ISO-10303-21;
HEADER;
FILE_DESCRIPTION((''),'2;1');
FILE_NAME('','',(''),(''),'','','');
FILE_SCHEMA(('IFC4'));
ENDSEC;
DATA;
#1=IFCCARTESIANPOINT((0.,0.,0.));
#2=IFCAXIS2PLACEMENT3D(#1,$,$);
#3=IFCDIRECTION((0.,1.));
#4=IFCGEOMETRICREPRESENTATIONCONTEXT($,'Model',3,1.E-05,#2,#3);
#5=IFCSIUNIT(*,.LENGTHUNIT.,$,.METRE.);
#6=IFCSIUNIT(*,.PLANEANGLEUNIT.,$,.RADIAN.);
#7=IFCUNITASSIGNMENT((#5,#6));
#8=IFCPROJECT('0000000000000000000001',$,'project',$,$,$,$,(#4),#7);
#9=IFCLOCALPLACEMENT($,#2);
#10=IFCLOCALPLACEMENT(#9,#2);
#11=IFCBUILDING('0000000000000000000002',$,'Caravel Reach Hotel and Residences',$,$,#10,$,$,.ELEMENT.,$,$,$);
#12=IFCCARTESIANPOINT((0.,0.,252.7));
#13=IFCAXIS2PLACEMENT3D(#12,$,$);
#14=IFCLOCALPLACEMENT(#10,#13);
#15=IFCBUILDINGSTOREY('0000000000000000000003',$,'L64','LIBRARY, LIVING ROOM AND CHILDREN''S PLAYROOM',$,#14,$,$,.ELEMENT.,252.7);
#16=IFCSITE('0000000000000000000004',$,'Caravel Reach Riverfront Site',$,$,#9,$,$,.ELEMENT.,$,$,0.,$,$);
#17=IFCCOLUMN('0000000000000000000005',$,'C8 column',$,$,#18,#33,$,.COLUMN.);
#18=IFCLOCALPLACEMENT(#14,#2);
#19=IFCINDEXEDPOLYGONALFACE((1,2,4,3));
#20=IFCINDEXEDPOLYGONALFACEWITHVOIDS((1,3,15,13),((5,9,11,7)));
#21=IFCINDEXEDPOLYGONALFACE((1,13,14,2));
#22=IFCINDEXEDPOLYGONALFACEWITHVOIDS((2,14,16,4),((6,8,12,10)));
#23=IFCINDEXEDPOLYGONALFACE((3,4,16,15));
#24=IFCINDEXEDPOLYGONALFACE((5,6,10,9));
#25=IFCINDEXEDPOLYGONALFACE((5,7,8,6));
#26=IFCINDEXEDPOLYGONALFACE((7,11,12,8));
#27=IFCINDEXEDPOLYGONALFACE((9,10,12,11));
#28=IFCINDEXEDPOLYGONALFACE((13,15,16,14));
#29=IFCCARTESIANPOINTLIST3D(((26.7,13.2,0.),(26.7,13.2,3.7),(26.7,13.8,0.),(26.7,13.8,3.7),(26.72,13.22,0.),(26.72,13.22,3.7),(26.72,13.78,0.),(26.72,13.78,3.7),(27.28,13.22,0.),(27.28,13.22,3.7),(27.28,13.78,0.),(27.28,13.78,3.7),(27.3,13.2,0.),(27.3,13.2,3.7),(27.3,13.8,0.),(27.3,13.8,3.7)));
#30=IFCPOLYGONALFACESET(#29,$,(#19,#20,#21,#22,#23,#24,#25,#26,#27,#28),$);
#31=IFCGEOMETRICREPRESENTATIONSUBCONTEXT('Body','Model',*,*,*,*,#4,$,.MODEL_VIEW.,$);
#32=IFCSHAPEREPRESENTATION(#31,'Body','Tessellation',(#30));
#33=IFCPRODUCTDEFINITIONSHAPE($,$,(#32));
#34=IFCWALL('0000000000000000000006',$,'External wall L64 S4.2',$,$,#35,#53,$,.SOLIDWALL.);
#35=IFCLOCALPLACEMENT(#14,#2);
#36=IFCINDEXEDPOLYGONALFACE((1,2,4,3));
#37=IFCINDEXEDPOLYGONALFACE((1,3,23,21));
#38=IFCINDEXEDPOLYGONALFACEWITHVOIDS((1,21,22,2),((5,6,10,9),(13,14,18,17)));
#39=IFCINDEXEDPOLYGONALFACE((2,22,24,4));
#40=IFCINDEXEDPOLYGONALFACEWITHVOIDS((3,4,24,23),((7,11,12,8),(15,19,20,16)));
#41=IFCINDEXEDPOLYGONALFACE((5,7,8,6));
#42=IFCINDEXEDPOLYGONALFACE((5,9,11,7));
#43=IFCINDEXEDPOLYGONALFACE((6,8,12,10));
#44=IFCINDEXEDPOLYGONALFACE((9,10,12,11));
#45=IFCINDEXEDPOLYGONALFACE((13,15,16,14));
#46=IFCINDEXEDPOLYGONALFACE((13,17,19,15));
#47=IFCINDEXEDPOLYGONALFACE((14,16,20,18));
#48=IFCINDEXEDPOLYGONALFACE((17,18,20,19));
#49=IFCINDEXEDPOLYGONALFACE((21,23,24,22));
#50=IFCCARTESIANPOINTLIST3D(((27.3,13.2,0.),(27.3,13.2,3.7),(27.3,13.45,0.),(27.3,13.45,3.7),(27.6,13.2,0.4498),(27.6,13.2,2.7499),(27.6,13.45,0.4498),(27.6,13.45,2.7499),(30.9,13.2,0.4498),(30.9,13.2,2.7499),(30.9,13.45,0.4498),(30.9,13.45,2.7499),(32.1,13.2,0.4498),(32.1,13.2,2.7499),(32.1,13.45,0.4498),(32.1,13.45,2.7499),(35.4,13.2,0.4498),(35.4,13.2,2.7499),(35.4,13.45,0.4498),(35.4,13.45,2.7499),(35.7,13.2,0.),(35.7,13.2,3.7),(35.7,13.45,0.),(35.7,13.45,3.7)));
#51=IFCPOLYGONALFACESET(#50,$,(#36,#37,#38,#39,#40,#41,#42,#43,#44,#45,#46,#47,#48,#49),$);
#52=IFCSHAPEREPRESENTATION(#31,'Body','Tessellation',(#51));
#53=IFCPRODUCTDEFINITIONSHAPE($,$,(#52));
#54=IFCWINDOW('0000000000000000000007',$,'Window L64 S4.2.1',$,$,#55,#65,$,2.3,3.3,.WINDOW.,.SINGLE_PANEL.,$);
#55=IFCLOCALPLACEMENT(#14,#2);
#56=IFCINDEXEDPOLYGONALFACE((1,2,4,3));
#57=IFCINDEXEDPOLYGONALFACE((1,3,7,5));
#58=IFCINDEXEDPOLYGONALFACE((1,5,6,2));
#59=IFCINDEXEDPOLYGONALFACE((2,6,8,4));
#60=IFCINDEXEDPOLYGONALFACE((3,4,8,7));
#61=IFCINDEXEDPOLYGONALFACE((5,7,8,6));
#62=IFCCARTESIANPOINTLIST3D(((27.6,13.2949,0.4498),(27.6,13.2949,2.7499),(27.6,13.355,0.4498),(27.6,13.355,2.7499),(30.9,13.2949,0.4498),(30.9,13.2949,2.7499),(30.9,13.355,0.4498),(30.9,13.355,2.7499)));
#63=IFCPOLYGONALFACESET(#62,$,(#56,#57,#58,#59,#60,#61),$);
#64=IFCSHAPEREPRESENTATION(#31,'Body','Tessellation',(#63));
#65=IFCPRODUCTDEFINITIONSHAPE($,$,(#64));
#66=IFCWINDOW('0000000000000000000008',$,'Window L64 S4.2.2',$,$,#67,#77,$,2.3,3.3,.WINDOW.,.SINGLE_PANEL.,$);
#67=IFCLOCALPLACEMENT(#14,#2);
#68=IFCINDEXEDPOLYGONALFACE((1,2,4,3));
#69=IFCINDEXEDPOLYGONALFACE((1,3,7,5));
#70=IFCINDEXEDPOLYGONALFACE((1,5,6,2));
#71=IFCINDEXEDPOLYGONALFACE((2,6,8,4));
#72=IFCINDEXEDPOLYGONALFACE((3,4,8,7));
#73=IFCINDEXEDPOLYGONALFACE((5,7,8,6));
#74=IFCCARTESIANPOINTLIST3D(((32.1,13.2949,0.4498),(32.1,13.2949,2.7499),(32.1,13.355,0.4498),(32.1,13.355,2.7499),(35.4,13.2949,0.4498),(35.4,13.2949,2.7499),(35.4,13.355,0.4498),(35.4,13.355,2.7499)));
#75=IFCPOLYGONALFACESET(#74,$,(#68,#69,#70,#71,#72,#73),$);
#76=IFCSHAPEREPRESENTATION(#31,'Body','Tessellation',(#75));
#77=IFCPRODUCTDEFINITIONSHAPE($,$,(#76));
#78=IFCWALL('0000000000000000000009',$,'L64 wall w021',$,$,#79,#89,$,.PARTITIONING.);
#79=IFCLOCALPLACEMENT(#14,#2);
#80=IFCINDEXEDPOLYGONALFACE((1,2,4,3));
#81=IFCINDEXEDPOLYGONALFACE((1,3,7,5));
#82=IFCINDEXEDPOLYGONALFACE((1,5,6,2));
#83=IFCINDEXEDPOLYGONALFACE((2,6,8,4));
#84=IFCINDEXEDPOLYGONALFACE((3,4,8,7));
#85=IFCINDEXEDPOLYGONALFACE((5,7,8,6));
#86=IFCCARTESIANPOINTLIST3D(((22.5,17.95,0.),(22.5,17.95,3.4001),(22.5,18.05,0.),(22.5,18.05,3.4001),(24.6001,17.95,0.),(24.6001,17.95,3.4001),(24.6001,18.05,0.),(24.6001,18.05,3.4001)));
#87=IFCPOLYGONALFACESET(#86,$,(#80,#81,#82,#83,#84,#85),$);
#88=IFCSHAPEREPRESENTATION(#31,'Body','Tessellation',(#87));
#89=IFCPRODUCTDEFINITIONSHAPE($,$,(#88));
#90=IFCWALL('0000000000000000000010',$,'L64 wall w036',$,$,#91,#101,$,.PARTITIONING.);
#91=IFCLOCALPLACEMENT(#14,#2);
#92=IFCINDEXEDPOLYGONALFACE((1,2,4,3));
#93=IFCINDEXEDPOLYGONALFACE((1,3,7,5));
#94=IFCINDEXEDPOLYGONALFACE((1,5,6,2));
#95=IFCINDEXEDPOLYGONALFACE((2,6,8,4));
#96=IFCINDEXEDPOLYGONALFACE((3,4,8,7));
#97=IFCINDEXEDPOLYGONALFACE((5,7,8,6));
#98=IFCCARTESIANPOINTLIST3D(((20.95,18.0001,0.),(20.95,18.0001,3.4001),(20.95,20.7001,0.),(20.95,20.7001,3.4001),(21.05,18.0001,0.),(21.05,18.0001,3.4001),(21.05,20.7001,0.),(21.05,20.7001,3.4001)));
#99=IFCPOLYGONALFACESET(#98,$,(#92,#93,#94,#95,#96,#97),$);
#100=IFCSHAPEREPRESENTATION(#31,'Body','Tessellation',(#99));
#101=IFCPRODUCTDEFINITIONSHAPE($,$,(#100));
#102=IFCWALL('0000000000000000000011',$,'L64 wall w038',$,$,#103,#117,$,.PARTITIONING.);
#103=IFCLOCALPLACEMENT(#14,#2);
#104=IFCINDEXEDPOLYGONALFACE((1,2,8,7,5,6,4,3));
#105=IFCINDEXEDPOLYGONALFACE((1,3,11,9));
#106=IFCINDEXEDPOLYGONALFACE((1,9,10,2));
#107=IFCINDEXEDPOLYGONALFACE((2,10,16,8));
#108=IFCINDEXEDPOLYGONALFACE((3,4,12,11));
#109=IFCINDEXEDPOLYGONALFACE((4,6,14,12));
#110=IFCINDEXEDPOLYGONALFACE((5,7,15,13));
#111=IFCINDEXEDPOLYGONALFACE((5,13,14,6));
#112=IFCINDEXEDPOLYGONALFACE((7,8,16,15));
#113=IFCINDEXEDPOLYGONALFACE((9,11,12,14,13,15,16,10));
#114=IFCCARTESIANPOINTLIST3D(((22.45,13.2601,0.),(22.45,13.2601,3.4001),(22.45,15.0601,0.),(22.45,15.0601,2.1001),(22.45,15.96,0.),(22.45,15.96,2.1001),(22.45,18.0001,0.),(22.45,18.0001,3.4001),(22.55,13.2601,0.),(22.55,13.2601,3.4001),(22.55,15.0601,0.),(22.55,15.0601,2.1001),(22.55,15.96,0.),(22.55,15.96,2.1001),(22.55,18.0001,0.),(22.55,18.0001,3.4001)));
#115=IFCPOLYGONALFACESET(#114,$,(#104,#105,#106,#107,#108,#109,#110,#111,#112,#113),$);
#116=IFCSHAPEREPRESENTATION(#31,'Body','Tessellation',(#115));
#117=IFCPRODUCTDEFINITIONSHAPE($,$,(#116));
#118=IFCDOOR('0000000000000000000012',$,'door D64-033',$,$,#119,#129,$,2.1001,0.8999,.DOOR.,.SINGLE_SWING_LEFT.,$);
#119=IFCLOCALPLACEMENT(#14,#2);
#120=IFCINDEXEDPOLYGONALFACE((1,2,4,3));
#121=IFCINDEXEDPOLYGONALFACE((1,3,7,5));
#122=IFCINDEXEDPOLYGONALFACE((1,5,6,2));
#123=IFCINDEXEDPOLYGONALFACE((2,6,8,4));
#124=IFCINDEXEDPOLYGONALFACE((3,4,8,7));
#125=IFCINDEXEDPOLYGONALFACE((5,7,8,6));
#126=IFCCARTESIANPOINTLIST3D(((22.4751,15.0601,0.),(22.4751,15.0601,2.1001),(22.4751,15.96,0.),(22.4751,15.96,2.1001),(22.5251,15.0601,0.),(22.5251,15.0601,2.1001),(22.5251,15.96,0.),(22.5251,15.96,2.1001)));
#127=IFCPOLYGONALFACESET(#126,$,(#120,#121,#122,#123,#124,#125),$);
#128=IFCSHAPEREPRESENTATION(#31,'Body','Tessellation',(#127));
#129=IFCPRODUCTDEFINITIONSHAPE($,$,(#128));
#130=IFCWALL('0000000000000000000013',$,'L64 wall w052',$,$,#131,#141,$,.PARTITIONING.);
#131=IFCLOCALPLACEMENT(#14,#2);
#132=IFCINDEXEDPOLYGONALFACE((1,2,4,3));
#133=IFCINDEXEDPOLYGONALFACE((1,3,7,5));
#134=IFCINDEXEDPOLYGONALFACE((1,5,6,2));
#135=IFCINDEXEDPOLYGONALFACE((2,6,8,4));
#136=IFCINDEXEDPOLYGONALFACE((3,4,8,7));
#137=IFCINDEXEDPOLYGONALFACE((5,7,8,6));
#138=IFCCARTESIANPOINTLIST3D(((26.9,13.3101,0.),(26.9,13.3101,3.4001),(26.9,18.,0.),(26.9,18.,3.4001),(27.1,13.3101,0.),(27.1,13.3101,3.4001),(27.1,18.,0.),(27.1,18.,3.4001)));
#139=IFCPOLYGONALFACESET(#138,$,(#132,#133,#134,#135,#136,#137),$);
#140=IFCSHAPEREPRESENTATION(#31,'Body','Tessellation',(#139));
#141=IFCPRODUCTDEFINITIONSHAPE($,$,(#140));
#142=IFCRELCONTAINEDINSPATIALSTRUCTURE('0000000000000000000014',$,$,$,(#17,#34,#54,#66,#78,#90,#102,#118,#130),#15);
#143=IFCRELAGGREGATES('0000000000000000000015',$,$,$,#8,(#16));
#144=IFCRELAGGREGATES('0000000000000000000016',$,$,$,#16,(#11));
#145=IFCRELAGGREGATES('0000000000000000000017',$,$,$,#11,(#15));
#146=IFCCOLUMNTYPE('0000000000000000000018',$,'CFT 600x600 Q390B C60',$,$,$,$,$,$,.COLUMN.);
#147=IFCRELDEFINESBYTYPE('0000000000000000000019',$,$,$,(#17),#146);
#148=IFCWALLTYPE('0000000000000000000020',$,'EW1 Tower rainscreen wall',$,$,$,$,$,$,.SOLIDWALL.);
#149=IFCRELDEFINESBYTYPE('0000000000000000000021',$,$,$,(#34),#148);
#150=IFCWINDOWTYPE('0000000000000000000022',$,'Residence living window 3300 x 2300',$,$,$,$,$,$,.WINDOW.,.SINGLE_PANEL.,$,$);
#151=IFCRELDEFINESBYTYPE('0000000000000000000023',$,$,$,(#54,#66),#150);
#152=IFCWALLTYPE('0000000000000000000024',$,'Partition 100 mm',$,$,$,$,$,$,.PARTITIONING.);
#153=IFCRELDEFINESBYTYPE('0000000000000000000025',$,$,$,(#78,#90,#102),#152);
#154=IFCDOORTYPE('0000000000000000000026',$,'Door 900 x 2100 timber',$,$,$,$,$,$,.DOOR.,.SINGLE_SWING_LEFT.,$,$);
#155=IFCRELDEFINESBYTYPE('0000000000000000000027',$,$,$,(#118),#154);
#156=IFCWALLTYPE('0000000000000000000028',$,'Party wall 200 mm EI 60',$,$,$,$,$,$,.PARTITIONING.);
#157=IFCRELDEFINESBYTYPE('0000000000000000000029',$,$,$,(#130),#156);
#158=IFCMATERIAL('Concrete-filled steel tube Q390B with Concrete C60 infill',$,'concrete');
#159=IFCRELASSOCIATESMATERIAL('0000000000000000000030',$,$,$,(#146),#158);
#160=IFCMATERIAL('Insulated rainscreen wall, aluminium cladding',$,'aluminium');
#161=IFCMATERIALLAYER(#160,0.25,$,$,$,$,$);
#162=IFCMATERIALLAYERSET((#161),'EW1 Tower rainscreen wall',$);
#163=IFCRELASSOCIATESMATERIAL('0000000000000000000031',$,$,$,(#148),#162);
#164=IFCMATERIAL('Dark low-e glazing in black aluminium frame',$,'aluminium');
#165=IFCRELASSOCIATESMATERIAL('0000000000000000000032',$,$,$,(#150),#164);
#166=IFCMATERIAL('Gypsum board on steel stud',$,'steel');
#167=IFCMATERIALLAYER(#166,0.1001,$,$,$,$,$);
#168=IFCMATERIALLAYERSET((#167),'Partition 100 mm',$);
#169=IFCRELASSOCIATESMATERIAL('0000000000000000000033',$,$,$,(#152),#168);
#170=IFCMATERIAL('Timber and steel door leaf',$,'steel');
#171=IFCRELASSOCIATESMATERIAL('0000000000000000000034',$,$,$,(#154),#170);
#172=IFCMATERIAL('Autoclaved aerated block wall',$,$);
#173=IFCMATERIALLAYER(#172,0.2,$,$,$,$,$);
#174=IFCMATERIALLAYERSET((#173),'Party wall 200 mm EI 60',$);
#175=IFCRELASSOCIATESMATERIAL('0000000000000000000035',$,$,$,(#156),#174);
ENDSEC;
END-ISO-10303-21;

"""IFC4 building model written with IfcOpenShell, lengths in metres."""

from ifc_helpers import new_model, si_unit, direction, frame, frame_2d, origin, origin_2d, place, context, subcontext, project, spatial, rectangle, hollow_rectangle, extrude, material, layer, layer_set, material_profile, profile_set, type_object, element, fill, save


model = new_model("IFC4")

# Units and contexts
model_context = context("Model", 3, precision=1e-05, world=origin(), true_north=direction((0.0, 1.0)))
body_context = subcontext(model_context, "Body", "Model", "MODEL_VIEW")
ifc_project = project(units=[si_unit("LENGTHUNIT", "METRE"), si_unit("PLANEANGLEUNIT", "RADIAN")], contexts=[model_context])

# Site, building, storey
site_placement = place(None, origin())
site = spatial("IfcSite", under=ifc_project, at=site_placement, Name="Caravel Reach Riverfront Site", CompositionType="ELEMENT", RefElevation=0.0)
building_placement = place(site_placement, origin())
building = spatial("IfcBuilding", under=site, at=building_placement, Name="Caravel Reach Hotel and Residences", CompositionType="ELEMENT")
storey_placement = place(building_placement, frame((0.0, 0.0, 252.7)))
storey = spatial("IfcBuildingStorey", under=building, at=storey_placement, Name="L64", Description="LIBRARY, LIVING ROOM AND CHILDREN'S PLAYROOM", CompositionType="ELEMENT", Elevation=252.7)

# Column
ifc_material_1 = material(Name="Concrete-filled steel tube Q390B with Concrete C60 infill", Category="concrete")
ifc_material_profile = material_profile(ifc_material_1, hollow_rectangle(XDim=0.6001, YDim=0.6001, WallThickness=0.02, at=origin_2d()), Name="RHS 600x600x20")
ifc_profile_set = profile_set([ifc_material_profile], Name="Concrete-filled steel tube Q390B with Concrete C60 infill")
column_type = type_object("IfcColumnType", Name="CFT 600x600 Q390B C60", PredefinedType="COLUMN", material=ifc_profile_set)
column_placement = place(storey_placement, frame((27.0, 13.5, 0.0), z_axis=(0.0, 0.0, 1.0), x_axis=(1.0, 0.0, 0.0)))
element("IfcColumn", 1, at=column_placement, inside=storey, type_object=column_type, Name="C8 column", PredefinedType="COLUMN", context=body_context, shape_type="SweptSolid", body=[
    extrude(hollow_rectangle(XDim=0.6001, YDim=0.6001, WallThickness=0.02, at=origin_2d()), origin(), (0.0, 0.0, 1.0), 3.7),
])

# Wall, openings, windows
ifc_material_2 = material(Name="Insulated rainscreen wall, aluminium cladding", Category="aluminium")
ifc_layer_1 = layer(ifc_material_2, 0.25)
ifc_layer_set_1 = layer_set([ifc_layer_1], Name="EW1 Tower rainscreen wall")
wall_type_1 = type_object("IfcWallType", Name="EW1 Tower rainscreen wall", PredefinedType="SOLIDWALL", material=ifc_layer_set_1)
wall_1_placement = place(storey_placement, frame((27.3, 13.325, 0.0), z_axis=(0.0, 0.0, 1.0), x_axis=(1.0, 0.0, 0.0)))
wall_1 = element("IfcWall", 2, at=wall_1_placement, inside=storey, type_object=wall_type_1, Name="External wall L64 S4.2", PredefinedType="SOLIDWALL", context=body_context, shape_type="SweptSolid", body=[
    extrude(rectangle(XDim=8.3999, YDim=0.25, at=frame_2d((4.2, 0.0))), origin(), (0.0, 0.0, 1.0), 3.7),
])
opening_1_placement = place(wall_1_placement, frame((0.3, 0.0, 0.45)))
opening_1 = element("IfcOpeningElement", 3, at=opening_1_placement, cuts=wall_1, PredefinedType="OPENING", context=body_context, shape_type="SweptSolid", body=[
    extrude(rectangle(XDim=3.3, YDim=2.3, at=frame_2d((1.6499, 1.1499))), frame((0.0, 0.135, 0.0), z_axis=(0.0, -1.0, 0.0), x_axis=(1.0, 0.0, 0.0)), (0.0, 0.0, 1.0), 0.27),
])
opening_2_placement = place(wall_1_placement, frame((4.8, 0.0, 0.45)))
opening_2 = element("IfcOpeningElement", 4, at=opening_2_placement, cuts=wall_1, PredefinedType="OPENING", context=body_context, shape_type="SweptSolid", body=[
    extrude(rectangle(XDim=3.3, YDim=2.3, at=frame_2d((1.6499, 1.1499))), frame((0.0, 0.135, 0.0), z_axis=(0.0, -1.0, 0.0), x_axis=(1.0, 0.0, 0.0)), (0.0, 0.0, 1.0), 0.27),
])
ifc_material_3 = material(Name="Dark low-e glazing in black aluminium frame", Category="aluminium")
window_type = type_object("IfcWindowType", Name="Residence living window 3300 x 2300", PartitioningType="SINGLE_PANEL", PredefinedType="WINDOW", material=ifc_material_3)
window_1_placement = place(opening_1_placement, origin())
window_1 = element("IfcWindow", 5, at=window_1_placement, inside=storey, type_object=window_type, Name="Window L64 S4.2.1", OverallHeight=2.3, OverallWidth=3.3, PartitioningType="SINGLE_PANEL", PredefinedType="WINDOW", context=body_context, shape_type="SweptSolid", body=[
    extrude(rectangle(XDim=3.3, YDim=2.3, at=frame_2d((1.6499, 1.1499))), frame((0.0, 0.03, 0.0), z_axis=(0.0, -1.0, 0.0), x_axis=(1.0, 0.0, 0.0)), (0.0, 0.0, 1.0), 0.0601),
])
fill(opening_1, window_1)
window_2_placement = place(opening_2_placement, origin())
window_2 = element("IfcWindow", 6, at=window_2_placement, inside=storey, type_object=window_type, Name="Window L64 S4.2.2", OverallHeight=2.3, OverallWidth=3.3, PartitioningType="SINGLE_PANEL", PredefinedType="WINDOW", context=body_context, shape_type="SweptSolid", body=[
    extrude(rectangle(XDim=3.3, YDim=2.3, at=frame_2d((1.6499, 1.1499))), frame((0.0, 0.03, 0.0), z_axis=(0.0, -1.0, 0.0), x_axis=(1.0, 0.0, 0.0)), (0.0, 0.0, 1.0), 0.0601),
])
fill(opening_2, window_2)

# Walls
ifc_material_4 = material(Name="Gypsum board on steel stud", Category="steel")
ifc_layer_2 = layer(ifc_material_4, 0.1001)
ifc_layer_set_2 = layer_set([ifc_layer_2], Name="Partition 100 mm")
wall_type_2 = type_object("IfcWallType", Name="Partition 100 mm", PredefinedType="PARTITIONING", material=ifc_layer_set_2)
wall_2_placement = place(storey_placement, frame((22.5, 18.0, 0.0), z_axis=(0.0, 0.0, 1.0), x_axis=(1.0, 0.0, 0.0)))
element("IfcWall", 7, at=wall_2_placement, inside=storey, type_object=wall_type_2, Name="L64 wall w021", PredefinedType="PARTITIONING", context=body_context, shape_type="SweptSolid", body=[
    extrude(rectangle(XDim=2.1001, YDim=0.1001, at=frame_2d((1.05, 0.0))), origin(), (0.0, 0.0, 1.0), 3.4001),
])
wall_3_placement = place(storey_placement, frame((21.0, 18.0, 0.0), z_axis=(0.0, 0.0, 1.0), x_axis=(0.0, 1.0, 0.0)))
element("IfcWall", 8, at=wall_3_placement, inside=storey, type_object=wall_type_2, Name="L64 wall w036", PredefinedType="PARTITIONING", context=body_context, shape_type="SweptSolid", body=[
    extrude(rectangle(XDim=2.7, YDim=0.1001, at=frame_2d((1.3501, 0.0))), origin(), (0.0, 0.0, 1.0), 3.4001),
])

# Wall, opening, door
wall_4_placement = place(storey_placement, frame((22.5, 13.26, 0.0), z_axis=(0.0, 0.0, 1.0), x_axis=(0.0, 1.0, 0.0)))
wall_4 = element("IfcWall", 9, at=wall_4_placement, inside=storey, type_object=wall_type_2, Name="L64 wall w038", PredefinedType="PARTITIONING", context=body_context, shape_type="SweptSolid", body=[
    extrude(rectangle(XDim=4.74, YDim=0.1001, at=frame_2d((2.3701, 0.0))), origin(), (0.0, 0.0, 1.0), 3.4001),
])
opening_3_placement = place(wall_4_placement, frame((1.8, 0.0, 0.0)))
opening_3 = element("IfcOpeningElement", 10, at=opening_3_placement, cuts=wall_4, PredefinedType="OPENING", context=body_context, shape_type="SweptSolid", body=[
    extrude(rectangle(XDim=0.8999, YDim=2.1001, at=frame_2d((0.45, 1.05))), frame((0.0, 0.0601, 0.0), z_axis=(0.0, -1.0, 0.0), x_axis=(1.0, 0.0, 0.0)), (0.0, 0.0, 1.0), 0.1201),
])
ifc_material_5 = material(Name="Timber and steel door leaf", Category="steel")
door_type = type_object("IfcDoorType", Name="Door 900 x 2100 timber", OperationType="SINGLE_SWING_LEFT", PredefinedType="DOOR", material=ifc_material_5)
door_placement = place(opening_3_placement, origin())
door = element("IfcDoor", 11, at=door_placement, inside=storey, type_object=door_type, Name="door D64-033", OperationType="SINGLE_SWING_LEFT", OverallHeight=2.1001, OverallWidth=0.8999, PredefinedType="DOOR", context=body_context, shape_type="SweptSolid", body=[
    extrude(rectangle(XDim=0.8999, YDim=2.1001, at=frame_2d((0.45, 1.05))), frame((0.0, 0.0249, 0.0), z_axis=(0.0, -1.0, 0.0), x_axis=(1.0, 0.0, 0.0)), (0.0, 0.0, 1.0), 0.05),
])
fill(opening_3, door)

# Wall
ifc_material_6 = material(Name="Autoclaved aerated block wall")
ifc_layer_3 = layer(ifc_material_6, 0.2)
ifc_layer_set_3 = layer_set([ifc_layer_3], Name="Party wall 200 mm EI 60")
wall_type_3 = type_object("IfcWallType", Name="Party wall 200 mm EI 60", PredefinedType="PARTITIONING", material=ifc_layer_set_3)
wall_5_placement = place(storey_placement, frame((27.0, 13.3101, 0.0), z_axis=(0.0, 0.0, 1.0), x_axis=(0.0, 1.0, 0.0)))
element("IfcWall", 12, at=wall_5_placement, inside=storey, type_object=wall_type_3, Name="L64 wall w052", PredefinedType="PARTITIONING", context=body_context, shape_type="SweptSolid", body=[
    extrude(rectangle(XDim=4.6899, YDim=0.2, at=frame_2d((2.345, 0.0))), origin(), (0.0, 0.0, 1.0), 3.4001),
])

save(model, "model.ifc")
